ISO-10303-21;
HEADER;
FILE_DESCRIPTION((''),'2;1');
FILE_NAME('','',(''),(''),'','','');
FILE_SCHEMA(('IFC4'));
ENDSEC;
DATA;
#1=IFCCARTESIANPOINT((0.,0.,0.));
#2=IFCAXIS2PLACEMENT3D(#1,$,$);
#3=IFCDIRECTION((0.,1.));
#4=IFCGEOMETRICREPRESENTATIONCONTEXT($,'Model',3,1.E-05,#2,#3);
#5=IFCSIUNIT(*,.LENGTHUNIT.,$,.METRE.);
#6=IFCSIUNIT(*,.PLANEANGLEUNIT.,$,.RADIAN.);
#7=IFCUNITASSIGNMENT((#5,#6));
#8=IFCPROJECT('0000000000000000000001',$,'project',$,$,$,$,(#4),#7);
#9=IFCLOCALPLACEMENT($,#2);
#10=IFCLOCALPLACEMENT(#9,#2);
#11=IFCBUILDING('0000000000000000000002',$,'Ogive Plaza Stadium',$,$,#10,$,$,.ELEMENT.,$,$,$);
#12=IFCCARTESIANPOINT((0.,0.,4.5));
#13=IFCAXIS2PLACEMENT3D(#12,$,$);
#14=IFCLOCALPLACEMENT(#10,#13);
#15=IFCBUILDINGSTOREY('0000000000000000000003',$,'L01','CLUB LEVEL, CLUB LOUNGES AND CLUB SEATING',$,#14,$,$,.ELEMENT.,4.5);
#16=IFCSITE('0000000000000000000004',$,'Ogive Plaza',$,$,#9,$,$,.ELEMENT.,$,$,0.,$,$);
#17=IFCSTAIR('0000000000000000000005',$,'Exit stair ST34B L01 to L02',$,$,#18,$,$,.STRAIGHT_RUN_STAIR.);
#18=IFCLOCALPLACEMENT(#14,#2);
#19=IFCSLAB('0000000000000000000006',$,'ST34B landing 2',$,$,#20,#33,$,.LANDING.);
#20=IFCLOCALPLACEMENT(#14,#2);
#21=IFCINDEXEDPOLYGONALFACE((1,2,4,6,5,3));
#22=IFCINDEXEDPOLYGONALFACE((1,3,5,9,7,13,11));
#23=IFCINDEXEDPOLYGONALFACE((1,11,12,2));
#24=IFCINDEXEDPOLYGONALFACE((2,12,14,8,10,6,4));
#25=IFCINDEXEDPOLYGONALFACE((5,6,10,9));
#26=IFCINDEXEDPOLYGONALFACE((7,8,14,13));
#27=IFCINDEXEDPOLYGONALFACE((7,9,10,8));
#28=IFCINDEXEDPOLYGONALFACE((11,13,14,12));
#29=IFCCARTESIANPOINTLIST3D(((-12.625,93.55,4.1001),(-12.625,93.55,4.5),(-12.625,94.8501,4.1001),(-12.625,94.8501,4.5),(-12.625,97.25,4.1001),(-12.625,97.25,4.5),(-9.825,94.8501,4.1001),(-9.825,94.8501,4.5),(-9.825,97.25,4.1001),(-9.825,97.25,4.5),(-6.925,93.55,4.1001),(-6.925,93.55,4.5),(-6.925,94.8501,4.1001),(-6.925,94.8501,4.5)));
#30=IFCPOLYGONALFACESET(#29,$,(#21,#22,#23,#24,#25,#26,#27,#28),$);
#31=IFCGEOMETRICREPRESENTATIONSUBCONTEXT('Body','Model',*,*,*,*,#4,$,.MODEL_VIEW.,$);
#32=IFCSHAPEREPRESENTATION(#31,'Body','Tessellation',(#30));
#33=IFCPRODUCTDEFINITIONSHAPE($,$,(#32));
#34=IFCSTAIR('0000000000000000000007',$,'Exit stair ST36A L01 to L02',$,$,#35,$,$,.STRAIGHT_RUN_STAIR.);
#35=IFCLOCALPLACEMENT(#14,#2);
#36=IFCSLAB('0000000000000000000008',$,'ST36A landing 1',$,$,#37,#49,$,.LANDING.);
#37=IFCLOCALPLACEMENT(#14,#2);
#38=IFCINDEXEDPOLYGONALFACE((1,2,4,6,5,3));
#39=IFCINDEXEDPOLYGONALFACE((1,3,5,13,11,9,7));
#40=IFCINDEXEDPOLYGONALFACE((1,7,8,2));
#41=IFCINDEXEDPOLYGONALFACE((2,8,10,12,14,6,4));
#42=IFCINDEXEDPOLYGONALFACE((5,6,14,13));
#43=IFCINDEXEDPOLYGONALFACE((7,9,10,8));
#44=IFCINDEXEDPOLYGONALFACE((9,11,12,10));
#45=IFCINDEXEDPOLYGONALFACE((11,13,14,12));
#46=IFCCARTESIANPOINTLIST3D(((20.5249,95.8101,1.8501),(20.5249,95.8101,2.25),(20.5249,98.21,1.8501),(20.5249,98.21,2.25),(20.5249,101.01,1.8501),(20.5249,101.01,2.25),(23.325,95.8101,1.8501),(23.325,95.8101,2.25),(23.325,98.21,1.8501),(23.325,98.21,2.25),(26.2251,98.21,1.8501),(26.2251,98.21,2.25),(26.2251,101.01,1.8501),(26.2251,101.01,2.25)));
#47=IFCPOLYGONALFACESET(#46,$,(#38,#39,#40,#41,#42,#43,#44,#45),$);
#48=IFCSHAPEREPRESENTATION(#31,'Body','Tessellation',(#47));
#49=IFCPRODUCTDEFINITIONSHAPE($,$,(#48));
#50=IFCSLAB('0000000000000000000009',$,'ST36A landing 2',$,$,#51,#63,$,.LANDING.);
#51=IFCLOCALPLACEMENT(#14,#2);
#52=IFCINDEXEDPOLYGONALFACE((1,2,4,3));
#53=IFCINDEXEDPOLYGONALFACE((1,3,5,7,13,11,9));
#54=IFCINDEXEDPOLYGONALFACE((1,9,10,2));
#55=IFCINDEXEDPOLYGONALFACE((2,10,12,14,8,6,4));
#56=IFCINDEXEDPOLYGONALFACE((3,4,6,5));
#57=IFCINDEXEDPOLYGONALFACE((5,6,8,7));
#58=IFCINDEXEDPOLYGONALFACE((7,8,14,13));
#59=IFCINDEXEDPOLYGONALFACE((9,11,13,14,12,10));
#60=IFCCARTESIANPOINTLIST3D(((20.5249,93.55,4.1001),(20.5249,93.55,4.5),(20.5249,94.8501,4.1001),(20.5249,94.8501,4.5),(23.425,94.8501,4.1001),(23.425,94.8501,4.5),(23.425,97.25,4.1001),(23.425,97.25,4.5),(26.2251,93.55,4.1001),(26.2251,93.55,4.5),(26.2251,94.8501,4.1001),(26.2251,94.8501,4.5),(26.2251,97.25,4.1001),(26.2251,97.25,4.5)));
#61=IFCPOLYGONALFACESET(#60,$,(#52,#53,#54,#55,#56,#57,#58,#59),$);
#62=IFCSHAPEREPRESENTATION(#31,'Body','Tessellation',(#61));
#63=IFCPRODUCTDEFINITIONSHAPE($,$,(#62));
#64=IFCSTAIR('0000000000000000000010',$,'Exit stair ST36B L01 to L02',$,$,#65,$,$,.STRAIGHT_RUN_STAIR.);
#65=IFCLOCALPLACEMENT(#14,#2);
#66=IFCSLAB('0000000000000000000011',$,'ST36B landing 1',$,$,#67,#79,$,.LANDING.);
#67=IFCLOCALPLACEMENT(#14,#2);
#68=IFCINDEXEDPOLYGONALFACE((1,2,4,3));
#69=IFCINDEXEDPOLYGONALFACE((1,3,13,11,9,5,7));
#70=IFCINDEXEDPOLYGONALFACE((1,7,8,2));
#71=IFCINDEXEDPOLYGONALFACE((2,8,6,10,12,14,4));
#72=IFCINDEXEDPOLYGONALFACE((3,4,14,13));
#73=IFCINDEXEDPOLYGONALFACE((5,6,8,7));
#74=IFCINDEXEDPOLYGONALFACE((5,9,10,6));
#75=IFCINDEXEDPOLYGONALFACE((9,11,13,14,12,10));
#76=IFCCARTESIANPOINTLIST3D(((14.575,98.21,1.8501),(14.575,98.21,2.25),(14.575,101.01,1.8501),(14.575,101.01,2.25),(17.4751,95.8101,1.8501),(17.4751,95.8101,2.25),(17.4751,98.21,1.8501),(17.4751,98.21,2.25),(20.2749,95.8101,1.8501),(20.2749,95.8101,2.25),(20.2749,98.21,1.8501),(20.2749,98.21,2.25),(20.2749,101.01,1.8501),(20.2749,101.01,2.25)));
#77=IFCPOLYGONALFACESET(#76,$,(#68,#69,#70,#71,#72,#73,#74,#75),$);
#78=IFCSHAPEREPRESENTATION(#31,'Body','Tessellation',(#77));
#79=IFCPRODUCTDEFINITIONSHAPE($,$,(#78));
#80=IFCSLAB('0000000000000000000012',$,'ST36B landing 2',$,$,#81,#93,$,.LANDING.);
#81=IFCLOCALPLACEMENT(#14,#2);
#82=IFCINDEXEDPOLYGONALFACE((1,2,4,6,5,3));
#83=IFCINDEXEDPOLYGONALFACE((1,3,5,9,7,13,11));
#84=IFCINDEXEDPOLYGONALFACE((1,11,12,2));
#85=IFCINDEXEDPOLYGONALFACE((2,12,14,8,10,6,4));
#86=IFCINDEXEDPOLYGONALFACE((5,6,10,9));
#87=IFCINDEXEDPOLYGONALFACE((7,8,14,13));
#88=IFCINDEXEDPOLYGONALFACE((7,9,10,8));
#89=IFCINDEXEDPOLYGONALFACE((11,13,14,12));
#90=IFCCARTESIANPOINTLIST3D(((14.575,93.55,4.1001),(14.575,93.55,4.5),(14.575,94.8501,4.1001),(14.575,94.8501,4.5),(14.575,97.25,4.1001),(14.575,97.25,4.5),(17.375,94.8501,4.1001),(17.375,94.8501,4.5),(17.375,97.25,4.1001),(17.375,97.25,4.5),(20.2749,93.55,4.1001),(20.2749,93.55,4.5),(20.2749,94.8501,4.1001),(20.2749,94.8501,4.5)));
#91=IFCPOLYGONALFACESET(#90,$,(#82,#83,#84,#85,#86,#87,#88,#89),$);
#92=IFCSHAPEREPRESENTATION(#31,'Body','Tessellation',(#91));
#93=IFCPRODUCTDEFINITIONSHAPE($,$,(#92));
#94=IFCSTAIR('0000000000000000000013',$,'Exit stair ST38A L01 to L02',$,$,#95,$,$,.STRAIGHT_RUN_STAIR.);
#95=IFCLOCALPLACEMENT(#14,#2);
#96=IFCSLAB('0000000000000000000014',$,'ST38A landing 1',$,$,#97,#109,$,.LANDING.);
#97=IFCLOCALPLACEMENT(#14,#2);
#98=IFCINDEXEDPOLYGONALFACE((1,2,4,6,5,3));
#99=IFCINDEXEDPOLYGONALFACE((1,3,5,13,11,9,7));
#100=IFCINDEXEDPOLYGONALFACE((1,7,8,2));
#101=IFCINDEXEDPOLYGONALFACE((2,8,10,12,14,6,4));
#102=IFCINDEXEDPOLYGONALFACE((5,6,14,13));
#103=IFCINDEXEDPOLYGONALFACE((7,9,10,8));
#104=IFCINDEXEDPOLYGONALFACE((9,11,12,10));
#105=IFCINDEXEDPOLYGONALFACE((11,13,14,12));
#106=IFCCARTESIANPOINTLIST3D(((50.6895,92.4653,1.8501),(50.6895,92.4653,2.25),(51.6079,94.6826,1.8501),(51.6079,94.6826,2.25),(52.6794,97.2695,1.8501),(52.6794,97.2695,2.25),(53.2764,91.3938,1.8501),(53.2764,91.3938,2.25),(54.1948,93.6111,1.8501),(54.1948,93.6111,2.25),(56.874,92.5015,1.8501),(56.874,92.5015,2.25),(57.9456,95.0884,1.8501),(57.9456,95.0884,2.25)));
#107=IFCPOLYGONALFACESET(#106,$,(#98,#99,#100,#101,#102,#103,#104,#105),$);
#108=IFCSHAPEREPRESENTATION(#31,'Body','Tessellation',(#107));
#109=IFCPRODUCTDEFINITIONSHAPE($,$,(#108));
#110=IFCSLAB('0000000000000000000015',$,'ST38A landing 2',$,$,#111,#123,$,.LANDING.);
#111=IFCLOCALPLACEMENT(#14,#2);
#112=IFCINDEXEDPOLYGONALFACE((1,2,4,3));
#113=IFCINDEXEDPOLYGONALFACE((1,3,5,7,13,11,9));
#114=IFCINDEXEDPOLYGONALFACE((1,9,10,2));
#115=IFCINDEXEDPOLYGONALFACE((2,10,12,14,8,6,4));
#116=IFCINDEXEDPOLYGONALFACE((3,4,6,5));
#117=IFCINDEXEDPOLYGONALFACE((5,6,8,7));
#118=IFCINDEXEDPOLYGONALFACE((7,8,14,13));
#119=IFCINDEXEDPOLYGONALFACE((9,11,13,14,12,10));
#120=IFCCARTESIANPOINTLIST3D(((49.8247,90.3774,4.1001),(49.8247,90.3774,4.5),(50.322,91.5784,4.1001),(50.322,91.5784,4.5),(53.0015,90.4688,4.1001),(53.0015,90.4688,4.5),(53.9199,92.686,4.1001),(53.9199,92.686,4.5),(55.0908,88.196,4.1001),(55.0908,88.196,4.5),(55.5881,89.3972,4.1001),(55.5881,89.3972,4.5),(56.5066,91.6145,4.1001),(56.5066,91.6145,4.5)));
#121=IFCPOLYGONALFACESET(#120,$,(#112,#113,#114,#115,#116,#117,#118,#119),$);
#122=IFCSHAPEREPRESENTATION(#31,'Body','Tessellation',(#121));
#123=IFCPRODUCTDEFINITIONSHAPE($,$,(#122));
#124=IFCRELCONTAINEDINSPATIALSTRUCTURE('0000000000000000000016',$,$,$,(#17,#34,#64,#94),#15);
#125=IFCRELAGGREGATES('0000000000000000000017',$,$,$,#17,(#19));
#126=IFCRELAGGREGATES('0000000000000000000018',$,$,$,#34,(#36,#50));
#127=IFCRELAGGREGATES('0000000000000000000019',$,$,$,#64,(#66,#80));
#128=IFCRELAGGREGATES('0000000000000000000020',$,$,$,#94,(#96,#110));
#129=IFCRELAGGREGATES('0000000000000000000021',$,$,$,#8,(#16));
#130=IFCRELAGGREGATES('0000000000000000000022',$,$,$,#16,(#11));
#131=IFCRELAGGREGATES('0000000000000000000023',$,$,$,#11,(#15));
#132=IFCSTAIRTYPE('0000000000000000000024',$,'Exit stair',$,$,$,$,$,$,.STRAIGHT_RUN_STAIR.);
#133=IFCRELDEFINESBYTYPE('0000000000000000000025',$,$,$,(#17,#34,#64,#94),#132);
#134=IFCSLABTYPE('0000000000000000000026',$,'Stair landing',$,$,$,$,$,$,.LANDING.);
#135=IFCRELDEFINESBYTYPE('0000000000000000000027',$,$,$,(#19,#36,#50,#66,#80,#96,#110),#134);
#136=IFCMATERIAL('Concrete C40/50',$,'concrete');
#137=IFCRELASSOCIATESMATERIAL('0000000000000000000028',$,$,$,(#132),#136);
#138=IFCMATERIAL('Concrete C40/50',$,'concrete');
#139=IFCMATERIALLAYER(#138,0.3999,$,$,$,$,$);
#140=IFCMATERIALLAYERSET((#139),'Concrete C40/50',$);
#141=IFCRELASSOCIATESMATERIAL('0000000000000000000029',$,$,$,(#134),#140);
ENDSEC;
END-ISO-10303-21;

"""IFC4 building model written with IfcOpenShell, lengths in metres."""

from ifc_helpers import new_model, si_unit, direction, frame, origin, place, context, subcontext, project, spatial, polyline, outline, extrude, material, layer, layer_set, type_object, element, aggregate, save


model = new_model("IFC4")

# Units and contexts
model_context = context("Model", 3, precision=1e-05, world=origin(), true_north=direction((0.0, 1.0)))
body_context = subcontext(model_context, "Body", "Model", "MODEL_VIEW")
ifc_project = project(units=[si_unit("LENGTHUNIT", "METRE"), si_unit("PLANEANGLEUNIT", "RADIAN")], contexts=[model_context])

# Site, building, storey
site_placement = place(None, origin())
site = spatial("IfcSite", under=ifc_project, at=site_placement, Name="Ogive Plaza", CompositionType="ELEMENT", RefElevation=0.0)
building_placement = place(site_placement, origin())
building = spatial("IfcBuilding", under=site, at=building_placement, Name="Ogive Plaza Stadium", CompositionType="ELEMENT")
storey_placement = place(building_placement, frame((0.0, 0.0, 4.5)))
storey = spatial("IfcBuildingStorey", under=building, at=storey_placement, Name="L01", Description="CLUB LEVEL, CLUB LOUNGES AND CLUB SEATING", CompositionType="ELEMENT", Elevation=4.5)

# Shared definitions
ifc_material_1 = material(Name="Concrete C40/50", Category="concrete")
stair_type = type_object("IfcStairType", Name="Exit stair", PredefinedType="STRAIGHT_RUN_STAIR", material=ifc_material_1)
ifc_material_2 = material(Name="Concrete C40/50", Category="concrete")
ifc_layer = layer(ifc_material_2, 0.3999)
ifc_layer_set = layer_set([ifc_layer], Name="Concrete C40/50")
slab_type = type_object("IfcSlabType", Name="Stair landing", PredefinedType="LANDING", material=ifc_layer_set)

# Stairs, slabs
stair_1_placement = place(storey_placement, origin())
stair_1 = element("IfcStair", 1, at=stair_1_placement, inside=storey, type_object=stair_type, Name="Exit stair ST34B L01 to L02", PredefinedType="STRAIGHT_RUN_STAIR")
slab_1_placement = place(storey_placement, frame((0.0, 0.0, 4.1001)))
slab_1 = element("IfcSlab", 2, at=slab_1_placement, type_object=slab_type, Name="ST34B landing 2", PredefinedType="LANDING", context=body_context, shape_type="SweptSolid", body=[
    extrude(outline(polyline([(-6.925, 94.8501), (-6.925, 93.55), (-12.625, 93.55), (-12.625, 94.8501), (-12.625, 97.25), (-9.825, 97.25), (-9.825, 94.8501), (-6.925, 94.8501)])), origin(), (0.0, 0.0, 1.0), 0.3999),
])
aggregate(stair_1, [slab_1])
stair_2_placement = place(storey_placement, origin())
stair_2 = element("IfcStair", 3, at=stair_2_placement, inside=storey, type_object=stair_type, Name="Exit stair ST36A L01 to L02", PredefinedType="STRAIGHT_RUN_STAIR")
slab_2_placement = place(storey_placement, frame((0.0, 0.0, 1.8501)))
slab_2 = element("IfcSlab", 4, at=slab_2_placement, type_object=slab_type, Name="ST36A landing 1", PredefinedType="LANDING", context=body_context, shape_type="SweptSolid", body=[
    extrude(outline(polyline([(20.5249, 101.01), (26.2251, 101.01), (26.2251, 98.21), (23.325, 98.21), (23.325, 95.8101), (20.5249, 95.8101), (20.5249, 98.21), (20.5249, 101.01)])), origin(), (0.0, 0.0, 1.0), 0.3999),
])
slab_3_placement = place(storey_placement, frame((0.0, 0.0, 4.1001)))
slab_3 = element("IfcSlab", 5, at=slab_3_placement, type_object=slab_type, Name="ST36A landing 2", PredefinedType="LANDING", context=body_context, shape_type="SweptSolid", body=[
    extrude(outline(polyline([(23.425, 97.25), (26.2251, 97.25), (26.2251, 94.8501), (26.2251, 93.55), (20.5249, 93.55), (20.5249, 94.8501), (23.425, 94.8501), (23.425, 97.25)])), origin(), (0.0, 0.0, 1.0), 0.3999),
])
aggregate(stair_2, [slab_2, slab_3])
stair_3_placement = place(storey_placement, origin())
stair_3 = element("IfcStair", 6, at=stair_3_placement, inside=storey, type_object=stair_type, Name="Exit stair ST36B L01 to L02", PredefinedType="STRAIGHT_RUN_STAIR")
slab_4_placement = place(storey_placement, frame((0.0, 0.0, 1.8501)))
slab_4 = element("IfcSlab", 7, at=slab_4_placement, type_object=slab_type, Name="ST36B landing 1", PredefinedType="LANDING", context=body_context, shape_type="SweptSolid", body=[
    extrude(outline(polyline([(20.2749, 95.8101), (17.4751, 95.8101), (17.4751, 98.21), (14.575, 98.21), (14.575, 101.01), (20.2749, 101.01), (20.2749, 98.21), (20.2749, 95.8101)])), origin(), (0.0, 0.0, 1.0), 0.3999),
])
slab_5_placement = place(storey_placement, frame((0.0, 0.0, 4.1001)))
slab_5 = element("IfcSlab", 8, at=slab_5_placement, type_object=slab_type, Name="ST36B landing 2", PredefinedType="LANDING", context=body_context, shape_type="SweptSolid", body=[
    extrude(outline(polyline([(20.2749, 94.8501), (20.2749, 93.55), (14.575, 93.55), (14.575, 94.8501), (14.575, 97.25), (17.375, 97.25), (17.375, 94.8501), (20.2749, 94.8501)])), origin(), (0.0, 0.0, 1.0), 0.3999),
])
aggregate(stair_3, [slab_4, slab_5])
stair_4_placement = place(storey_placement, origin())
stair_4 = element("IfcStair", 9, at=stair_4_placement, inside=storey, type_object=stair_type, Name="Exit stair ST38A L01 to L02", PredefinedType="STRAIGHT_RUN_STAIR")
slab_6_placement = place(storey_placement, frame((0.0, 0.0, 1.8501)))
slab_6 = element("IfcSlab", 10, at=slab_6_placement, type_object=slab_type, Name="ST38A landing 1", PredefinedType="LANDING", context=body_context, shape_type="SweptSolid", body=[
    extrude(outline(polyline([(52.6794, 97.2695), (57.9456, 95.0884), (56.874, 92.5015), (54.1948, 93.6111), (53.2764, 91.3938), (50.6895, 92.4653), (51.6079, 94.6826), (52.6794, 97.2695)])), origin(), (0.0, 0.0, 1.0), 0.3999),
])
slab_7_placement = place(storey_placement, frame((0.0, 0.0, 4.1001)))
slab_7 = element("IfcSlab", 11, at=slab_7_placement, type_object=slab_type, Name="ST38A landing 2", PredefinedType="LANDING", context=body_context, shape_type="SweptSolid", body=[
    extrude(outline(polyline([(53.9199, 92.686), (56.5066, 91.6145), (55.5881, 89.3972), (55.0908, 88.196), (49.8247, 90.3774), (50.322, 91.5784), (53.0015, 90.4688), (53.9199, 92.686)])), origin(), (0.0, 0.0, 1.0), 0.3999),
])
aggregate(stair_4, [slab_6, slab_7])

save(model, "model.ifc")
